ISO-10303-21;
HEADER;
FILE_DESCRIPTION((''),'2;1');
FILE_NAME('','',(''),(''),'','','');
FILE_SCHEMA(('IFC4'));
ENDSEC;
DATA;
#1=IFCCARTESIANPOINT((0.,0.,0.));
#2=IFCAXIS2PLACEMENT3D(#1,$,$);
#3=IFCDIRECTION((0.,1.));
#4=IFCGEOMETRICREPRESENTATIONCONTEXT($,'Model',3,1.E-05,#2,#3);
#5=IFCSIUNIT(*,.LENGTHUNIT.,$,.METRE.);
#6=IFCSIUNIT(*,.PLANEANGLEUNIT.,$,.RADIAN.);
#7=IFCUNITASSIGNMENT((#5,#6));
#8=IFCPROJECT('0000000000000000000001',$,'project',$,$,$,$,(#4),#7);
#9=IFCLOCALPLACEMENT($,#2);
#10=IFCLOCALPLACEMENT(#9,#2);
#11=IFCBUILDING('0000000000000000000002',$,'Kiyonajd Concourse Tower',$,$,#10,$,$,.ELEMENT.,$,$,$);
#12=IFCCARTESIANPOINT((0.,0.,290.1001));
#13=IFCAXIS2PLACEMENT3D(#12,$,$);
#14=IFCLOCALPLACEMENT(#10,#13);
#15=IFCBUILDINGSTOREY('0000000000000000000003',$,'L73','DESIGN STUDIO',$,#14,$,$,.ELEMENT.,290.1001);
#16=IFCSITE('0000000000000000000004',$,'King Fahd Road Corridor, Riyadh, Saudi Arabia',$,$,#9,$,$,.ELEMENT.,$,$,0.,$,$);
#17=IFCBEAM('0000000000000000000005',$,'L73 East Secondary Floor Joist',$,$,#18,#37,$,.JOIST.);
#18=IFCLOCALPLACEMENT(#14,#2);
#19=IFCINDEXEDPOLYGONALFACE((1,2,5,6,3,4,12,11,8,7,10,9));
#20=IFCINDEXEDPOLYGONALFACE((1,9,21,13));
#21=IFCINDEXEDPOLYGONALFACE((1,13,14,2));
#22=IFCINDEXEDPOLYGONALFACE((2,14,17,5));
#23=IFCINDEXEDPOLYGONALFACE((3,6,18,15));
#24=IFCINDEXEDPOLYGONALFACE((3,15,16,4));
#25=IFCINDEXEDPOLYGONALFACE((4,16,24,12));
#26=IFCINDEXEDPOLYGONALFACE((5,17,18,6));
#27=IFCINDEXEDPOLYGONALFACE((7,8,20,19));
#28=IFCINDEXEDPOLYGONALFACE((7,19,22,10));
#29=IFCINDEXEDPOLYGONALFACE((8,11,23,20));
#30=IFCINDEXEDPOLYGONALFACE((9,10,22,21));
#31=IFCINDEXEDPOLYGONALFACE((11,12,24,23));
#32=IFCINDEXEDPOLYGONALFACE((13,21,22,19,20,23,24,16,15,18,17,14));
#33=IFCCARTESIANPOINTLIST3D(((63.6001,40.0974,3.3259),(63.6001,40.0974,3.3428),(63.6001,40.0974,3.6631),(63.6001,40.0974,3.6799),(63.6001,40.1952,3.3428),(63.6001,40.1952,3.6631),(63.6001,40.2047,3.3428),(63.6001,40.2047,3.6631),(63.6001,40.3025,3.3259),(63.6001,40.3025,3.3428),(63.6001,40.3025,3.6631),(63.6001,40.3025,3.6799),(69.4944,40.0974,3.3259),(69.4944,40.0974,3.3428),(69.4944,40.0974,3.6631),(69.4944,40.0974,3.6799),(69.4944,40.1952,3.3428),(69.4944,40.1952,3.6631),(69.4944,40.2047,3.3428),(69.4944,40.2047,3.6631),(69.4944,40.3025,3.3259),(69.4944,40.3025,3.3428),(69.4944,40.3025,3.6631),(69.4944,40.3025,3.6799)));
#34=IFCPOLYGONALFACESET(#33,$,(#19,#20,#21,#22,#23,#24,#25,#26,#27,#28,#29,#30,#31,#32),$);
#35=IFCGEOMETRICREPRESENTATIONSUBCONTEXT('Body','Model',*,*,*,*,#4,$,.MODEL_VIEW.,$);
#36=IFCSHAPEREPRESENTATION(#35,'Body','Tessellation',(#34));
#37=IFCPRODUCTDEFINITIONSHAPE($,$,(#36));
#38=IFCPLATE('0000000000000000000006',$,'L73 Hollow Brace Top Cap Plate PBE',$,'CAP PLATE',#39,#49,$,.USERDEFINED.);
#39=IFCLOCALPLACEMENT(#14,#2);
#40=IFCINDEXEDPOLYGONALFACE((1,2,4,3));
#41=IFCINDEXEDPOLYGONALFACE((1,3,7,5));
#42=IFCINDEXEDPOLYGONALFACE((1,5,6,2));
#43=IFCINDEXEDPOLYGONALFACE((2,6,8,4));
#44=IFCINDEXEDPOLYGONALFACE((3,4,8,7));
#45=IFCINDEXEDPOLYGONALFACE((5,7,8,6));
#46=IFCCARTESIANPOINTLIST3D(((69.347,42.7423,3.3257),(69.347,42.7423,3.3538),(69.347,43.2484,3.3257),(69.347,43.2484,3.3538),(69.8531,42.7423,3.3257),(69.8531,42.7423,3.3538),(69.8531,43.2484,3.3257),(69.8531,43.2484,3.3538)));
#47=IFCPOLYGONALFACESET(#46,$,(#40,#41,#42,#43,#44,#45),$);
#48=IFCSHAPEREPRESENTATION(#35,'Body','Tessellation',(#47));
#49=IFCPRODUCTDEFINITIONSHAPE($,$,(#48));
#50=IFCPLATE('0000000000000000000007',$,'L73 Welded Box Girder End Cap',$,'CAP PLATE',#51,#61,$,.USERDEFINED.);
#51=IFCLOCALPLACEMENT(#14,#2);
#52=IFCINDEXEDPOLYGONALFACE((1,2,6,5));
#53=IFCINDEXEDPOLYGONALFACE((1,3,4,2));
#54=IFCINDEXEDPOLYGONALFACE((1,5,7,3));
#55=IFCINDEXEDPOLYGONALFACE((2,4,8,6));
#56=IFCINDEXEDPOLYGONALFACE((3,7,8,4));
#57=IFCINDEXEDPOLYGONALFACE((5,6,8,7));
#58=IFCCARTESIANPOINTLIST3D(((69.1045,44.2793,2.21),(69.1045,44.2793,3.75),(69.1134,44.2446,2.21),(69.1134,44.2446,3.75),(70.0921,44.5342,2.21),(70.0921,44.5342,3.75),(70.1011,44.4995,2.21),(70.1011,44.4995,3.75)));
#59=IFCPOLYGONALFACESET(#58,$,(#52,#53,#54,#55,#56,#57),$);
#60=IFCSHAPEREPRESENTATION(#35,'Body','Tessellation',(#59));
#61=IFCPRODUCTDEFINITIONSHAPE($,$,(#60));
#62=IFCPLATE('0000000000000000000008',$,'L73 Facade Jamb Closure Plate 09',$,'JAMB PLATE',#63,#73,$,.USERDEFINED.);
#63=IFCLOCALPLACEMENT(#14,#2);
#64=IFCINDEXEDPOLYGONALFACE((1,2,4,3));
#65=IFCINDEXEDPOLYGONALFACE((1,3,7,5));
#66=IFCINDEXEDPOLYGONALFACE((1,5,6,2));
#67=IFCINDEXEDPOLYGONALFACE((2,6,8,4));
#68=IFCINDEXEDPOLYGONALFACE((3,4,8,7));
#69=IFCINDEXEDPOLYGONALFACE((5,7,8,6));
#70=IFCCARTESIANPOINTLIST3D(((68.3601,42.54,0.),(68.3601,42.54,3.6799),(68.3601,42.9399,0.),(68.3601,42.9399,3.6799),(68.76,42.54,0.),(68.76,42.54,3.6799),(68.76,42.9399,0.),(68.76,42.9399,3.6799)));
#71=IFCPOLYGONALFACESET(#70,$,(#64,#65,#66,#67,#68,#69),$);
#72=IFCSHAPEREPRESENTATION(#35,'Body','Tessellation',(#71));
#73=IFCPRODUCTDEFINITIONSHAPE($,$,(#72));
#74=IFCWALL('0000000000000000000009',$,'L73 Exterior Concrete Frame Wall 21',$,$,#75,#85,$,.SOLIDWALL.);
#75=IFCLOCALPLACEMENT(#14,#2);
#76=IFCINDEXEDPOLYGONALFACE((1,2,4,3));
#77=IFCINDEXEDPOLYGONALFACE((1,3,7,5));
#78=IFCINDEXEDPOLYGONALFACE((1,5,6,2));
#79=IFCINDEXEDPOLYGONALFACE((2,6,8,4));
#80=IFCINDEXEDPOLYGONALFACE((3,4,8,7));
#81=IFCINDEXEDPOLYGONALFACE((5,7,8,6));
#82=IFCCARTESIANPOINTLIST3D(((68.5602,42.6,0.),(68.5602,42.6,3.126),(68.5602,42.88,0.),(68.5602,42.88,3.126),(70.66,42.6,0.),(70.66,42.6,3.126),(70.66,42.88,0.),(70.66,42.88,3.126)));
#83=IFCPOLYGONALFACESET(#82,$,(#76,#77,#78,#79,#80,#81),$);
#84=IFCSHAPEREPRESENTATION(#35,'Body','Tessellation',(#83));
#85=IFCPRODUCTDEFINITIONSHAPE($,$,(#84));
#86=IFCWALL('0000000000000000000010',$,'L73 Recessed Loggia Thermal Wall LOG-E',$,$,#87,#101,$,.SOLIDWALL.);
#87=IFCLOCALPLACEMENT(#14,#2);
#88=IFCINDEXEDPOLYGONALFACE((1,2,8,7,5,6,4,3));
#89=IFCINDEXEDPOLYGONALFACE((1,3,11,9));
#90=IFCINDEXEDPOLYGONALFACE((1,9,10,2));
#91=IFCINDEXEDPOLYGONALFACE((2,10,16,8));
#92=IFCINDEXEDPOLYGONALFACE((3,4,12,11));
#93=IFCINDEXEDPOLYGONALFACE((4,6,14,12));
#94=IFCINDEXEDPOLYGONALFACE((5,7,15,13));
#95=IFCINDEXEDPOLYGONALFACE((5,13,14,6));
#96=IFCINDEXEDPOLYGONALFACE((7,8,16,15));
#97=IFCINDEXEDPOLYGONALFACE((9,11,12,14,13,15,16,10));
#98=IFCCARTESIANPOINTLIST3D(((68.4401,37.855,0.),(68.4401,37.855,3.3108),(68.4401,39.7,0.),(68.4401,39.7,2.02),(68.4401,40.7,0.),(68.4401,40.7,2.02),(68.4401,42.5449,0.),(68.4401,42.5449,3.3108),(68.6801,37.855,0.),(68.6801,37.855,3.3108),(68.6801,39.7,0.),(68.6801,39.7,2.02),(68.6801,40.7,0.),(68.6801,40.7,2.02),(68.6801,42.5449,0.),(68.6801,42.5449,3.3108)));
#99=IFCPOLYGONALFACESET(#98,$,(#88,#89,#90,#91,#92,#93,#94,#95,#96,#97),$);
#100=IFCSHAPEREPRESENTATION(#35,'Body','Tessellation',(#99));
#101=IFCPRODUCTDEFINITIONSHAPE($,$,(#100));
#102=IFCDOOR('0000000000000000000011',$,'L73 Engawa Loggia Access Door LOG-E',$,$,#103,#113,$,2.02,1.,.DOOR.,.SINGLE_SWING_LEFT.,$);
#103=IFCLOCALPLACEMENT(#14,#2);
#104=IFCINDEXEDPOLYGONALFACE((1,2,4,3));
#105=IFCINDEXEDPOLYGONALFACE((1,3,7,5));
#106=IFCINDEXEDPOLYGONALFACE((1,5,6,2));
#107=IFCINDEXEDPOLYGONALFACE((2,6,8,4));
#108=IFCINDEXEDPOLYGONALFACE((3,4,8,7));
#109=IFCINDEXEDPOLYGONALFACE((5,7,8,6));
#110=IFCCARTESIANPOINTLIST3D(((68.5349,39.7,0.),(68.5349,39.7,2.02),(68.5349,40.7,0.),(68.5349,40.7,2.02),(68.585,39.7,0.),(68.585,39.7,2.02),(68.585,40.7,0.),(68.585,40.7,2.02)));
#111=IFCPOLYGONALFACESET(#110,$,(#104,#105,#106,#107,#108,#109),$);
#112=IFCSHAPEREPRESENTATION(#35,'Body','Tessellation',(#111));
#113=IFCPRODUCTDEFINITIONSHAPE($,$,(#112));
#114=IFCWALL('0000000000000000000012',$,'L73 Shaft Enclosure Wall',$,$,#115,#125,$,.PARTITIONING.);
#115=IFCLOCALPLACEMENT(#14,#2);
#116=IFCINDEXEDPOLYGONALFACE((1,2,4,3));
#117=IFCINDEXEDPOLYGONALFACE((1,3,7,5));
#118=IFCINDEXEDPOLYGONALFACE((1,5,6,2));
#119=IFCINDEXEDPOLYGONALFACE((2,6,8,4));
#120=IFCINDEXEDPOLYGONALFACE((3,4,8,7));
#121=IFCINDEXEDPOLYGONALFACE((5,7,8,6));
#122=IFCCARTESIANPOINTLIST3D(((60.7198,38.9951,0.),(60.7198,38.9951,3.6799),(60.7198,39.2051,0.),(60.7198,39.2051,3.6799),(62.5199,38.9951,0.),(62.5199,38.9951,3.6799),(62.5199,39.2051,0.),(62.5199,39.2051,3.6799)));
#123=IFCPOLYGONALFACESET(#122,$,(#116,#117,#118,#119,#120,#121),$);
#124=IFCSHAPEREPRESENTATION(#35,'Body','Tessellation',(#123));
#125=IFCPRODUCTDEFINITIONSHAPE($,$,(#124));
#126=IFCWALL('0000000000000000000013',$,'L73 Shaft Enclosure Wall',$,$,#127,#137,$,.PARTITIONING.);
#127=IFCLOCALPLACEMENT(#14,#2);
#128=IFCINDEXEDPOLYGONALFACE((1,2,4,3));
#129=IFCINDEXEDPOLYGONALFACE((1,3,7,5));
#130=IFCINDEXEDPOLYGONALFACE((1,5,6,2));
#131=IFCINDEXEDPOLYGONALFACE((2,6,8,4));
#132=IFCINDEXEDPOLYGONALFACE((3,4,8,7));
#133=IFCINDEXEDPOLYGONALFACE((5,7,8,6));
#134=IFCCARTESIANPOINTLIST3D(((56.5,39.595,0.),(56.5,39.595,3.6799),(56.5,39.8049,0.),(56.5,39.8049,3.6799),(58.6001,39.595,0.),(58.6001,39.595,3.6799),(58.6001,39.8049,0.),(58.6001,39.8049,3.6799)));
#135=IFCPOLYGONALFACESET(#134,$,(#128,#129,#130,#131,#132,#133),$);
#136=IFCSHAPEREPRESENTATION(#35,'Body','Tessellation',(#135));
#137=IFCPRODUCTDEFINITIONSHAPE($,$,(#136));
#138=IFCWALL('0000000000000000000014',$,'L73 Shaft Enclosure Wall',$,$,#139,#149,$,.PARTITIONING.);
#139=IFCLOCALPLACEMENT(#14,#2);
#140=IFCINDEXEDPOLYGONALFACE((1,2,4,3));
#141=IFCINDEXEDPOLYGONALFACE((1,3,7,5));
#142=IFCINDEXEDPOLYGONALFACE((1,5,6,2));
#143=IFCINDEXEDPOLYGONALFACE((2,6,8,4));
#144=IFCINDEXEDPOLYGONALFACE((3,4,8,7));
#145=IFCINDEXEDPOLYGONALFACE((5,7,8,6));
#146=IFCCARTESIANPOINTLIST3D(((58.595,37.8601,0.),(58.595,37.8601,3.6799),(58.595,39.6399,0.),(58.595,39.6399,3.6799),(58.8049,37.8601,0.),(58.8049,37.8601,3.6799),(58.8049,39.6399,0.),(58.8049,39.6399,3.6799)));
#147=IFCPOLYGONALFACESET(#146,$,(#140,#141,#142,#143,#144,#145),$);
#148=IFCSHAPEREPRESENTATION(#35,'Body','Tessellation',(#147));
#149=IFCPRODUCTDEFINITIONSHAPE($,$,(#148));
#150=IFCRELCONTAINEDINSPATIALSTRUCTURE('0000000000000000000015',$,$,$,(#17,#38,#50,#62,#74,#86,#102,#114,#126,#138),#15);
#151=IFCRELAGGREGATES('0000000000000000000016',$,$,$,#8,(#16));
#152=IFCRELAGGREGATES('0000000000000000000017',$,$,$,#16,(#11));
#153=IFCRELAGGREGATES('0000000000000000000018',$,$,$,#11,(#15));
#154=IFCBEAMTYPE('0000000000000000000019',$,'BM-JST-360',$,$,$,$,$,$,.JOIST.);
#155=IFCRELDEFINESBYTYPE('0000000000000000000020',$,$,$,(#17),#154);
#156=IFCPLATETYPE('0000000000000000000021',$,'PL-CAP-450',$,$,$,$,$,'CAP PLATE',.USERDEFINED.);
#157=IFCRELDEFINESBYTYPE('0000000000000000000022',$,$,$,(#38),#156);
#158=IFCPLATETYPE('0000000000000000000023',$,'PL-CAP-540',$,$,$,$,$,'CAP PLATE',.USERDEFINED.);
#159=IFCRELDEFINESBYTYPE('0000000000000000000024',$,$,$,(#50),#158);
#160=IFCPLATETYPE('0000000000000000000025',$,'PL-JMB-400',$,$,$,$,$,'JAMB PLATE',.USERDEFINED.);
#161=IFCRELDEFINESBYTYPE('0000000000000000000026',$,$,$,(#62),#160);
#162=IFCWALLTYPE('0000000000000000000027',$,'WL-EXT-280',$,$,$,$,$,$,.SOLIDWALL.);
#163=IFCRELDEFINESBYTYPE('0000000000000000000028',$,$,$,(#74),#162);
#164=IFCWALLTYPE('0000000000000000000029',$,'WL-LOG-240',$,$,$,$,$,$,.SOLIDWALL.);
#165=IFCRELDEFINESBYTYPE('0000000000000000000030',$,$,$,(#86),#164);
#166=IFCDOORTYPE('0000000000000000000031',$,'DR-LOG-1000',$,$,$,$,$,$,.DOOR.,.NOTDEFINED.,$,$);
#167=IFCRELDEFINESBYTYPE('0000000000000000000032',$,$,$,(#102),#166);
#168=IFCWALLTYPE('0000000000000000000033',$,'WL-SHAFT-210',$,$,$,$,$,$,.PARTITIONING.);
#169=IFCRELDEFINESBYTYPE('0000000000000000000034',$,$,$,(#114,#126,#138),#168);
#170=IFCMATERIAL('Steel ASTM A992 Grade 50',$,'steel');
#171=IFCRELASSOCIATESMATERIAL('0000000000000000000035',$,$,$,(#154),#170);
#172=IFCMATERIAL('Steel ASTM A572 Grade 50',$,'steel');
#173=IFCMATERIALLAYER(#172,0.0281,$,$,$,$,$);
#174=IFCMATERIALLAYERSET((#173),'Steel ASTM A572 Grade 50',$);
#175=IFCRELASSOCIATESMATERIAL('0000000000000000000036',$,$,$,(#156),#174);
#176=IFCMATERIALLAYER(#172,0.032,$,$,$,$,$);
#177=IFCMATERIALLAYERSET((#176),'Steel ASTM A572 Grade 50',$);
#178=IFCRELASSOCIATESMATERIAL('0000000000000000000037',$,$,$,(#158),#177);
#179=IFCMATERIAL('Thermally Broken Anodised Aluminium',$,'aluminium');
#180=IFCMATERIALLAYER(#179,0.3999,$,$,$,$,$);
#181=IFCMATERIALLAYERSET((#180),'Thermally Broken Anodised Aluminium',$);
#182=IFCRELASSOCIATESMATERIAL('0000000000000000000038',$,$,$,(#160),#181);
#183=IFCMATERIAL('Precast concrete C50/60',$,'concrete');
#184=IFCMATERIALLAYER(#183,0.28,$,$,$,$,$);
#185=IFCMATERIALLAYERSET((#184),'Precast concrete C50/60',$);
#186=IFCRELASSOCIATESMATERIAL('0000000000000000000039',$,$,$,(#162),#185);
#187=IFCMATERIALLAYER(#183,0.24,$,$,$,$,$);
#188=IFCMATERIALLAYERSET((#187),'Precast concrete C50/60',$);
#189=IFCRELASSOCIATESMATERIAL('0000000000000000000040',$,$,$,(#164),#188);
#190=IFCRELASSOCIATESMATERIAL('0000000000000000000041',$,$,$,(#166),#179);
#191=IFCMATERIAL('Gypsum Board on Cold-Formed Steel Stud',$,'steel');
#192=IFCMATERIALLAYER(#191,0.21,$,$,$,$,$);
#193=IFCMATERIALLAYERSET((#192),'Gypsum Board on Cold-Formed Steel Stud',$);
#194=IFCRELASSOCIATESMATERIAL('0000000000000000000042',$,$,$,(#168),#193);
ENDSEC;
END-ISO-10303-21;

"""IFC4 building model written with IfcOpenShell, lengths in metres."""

from ifc_helpers import new_model, si_unit, direction, frame, frame_2d, origin, origin_2d, place, context, subcontext, project, spatial, rectangle, i_section, extrude, material, layer, layer_set, material_profile, profile_set, type_object, element, fill, save


model = new_model("IFC4")

# Units and contexts
model_context = context("Model", 3, precision=1e-05, world=origin(), true_north=direction((0.0, 1.0)))
body_context = subcontext(model_context, "Body", "Model", "MODEL_VIEW")
ifc_project = project(units=[si_unit("LENGTHUNIT", "METRE"), si_unit("PLANEANGLEUNIT", "RADIAN")], contexts=[model_context])

# Site, building, storey
site_placement = place(None, origin())
site = spatial("IfcSite", under=ifc_project, at=site_placement, Name="King Fahd Road Corridor, Riyadh, Saudi Arabia", CompositionType="ELEMENT", RefElevation=0.0)
building_placement = place(site_placement, origin())
building = spatial("IfcBuilding", under=site, at=building_placement, Name="Kiyonajd Concourse Tower", CompositionType="ELEMENT")
storey_placement = place(building_placement, frame((0.0, 0.0, 290.1001)))
storey = spatial("IfcBuildingStorey", under=building, at=storey_placement, Name="L73", Description="DESIGN STUDIO", CompositionType="ELEMENT", Elevation=290.1001)

# Beam
ifc_material_1 = material(Name="Steel ASTM A992 Grade 50", Category="steel")
ifc_material_profile = material_profile(ifc_material_1, i_section(OverallWidth=0.2051, OverallDepth=0.354, WebThickness=0.0095, FlangeThickness=0.0168, at=origin_2d()), Name="W360X79")
ifc_profile_set = profile_set([ifc_material_profile], Name="Steel ASTM A992 Grade 50")
beam_type = type_object("IfcBeamType", Name="BM-JST-360", PredefinedType="JOIST", material=ifc_profile_set)
beam_placement = place(storey_placement, frame((63.6001, 40.2, 3.5029), z_axis=(1.0, 0.0, 0.0), x_axis=(0.0, 1.0, 0.0)))
element("IfcBeam", 1, at=beam_placement, inside=storey, type_object=beam_type, Name="L73 East Secondary Floor Joist", PredefinedType="JOIST", context=body_context, shape_type="SweptSolid", body=[
    extrude(i_section(OverallWidth=0.2051, OverallDepth=0.354, WebThickness=0.0095, FlangeThickness=0.0168, at=origin_2d()), origin(), (0.0, 0.0, 1.0), 5.8943),
])

# Plates
ifc_material_2 = material(Name="Steel ASTM A572 Grade 50", Category="steel")
ifc_layer_1 = layer(ifc_material_2, 0.0281)
ifc_layer_set_1 = layer_set([ifc_layer_1], Name="Steel ASTM A572 Grade 50")
plate_type_1 = type_object("IfcPlateType", Name="PL-CAP-450", ElementType="CAP PLATE", PredefinedType="USERDEFINED", material=ifc_layer_set_1)
plate_1_placement = place(storey_placement, frame((69.6001, 42.9954, 3.3257), z_axis=(0.0, 0.0, 1.0), x_axis=(1.0, 0.0, 0.0)))
element("IfcPlate", 2, at=plate_1_placement, inside=storey, type_object=plate_type_1, Name="L73 Hollow Brace Top Cap Plate PBE", ObjectType="CAP PLATE", PredefinedType="USERDEFINED", context=body_context, shape_type="SweptSolid", body=[
    extrude(rectangle(XDim=0.5061, YDim=0.5061, at=origin_2d()), origin(), (0.0, 0.0, 1.0), 0.0281),
])
ifc_layer_2 = layer(ifc_material_2, 0.032)
ifc_layer_set_2 = layer_set([ifc_layer_2], Name="Steel ASTM A572 Grade 50")
plate_type_2 = type_object("IfcPlateType", Name="PL-CAP-540", ElementType="CAP PLATE", PredefinedType="USERDEFINED", material=ifc_layer_set_2)
plate_2_placement = place(storey_placement, frame((69.6028, 44.3894, 2.21), z_axis=(0.0, 0.0, 1.0), x_axis=(0.249873, -0.968279, 0.0)))
element("IfcPlate", 3, at=plate_2_placement, inside=storey, type_object=plate_type_2, Name="L73 Welded Box Girder End Cap", ObjectType="CAP PLATE", PredefinedType="USERDEFINED", context=body_context, shape_type="SweptSolid", body=[
    extrude(rectangle(XDim=0.0359, YDim=1.02, at=origin_2d()), origin(), (0.0, 0.0, 1.0), 1.54),
])
ifc_material_3 = material(Name="Thermally Broken Anodised Aluminium", Category="aluminium")
ifc_layer_3 = layer(ifc_material_3, 0.3999)
ifc_layer_set_3 = layer_set([ifc_layer_3], Name="Thermally Broken Anodised Aluminium")
plate_type_3 = type_object("IfcPlateType", Name="PL-JMB-400", ElementType="JAMB PLATE", PredefinedType="USERDEFINED", material=ifc_layer_set_3)
plate_3_placement = place(storey_placement, frame((68.5601, 42.74, 0.0), z_axis=(0.0, 0.0, 1.0), x_axis=(1.0, 0.0, 0.0)))
element("IfcPlate", 4, at=plate_3_placement, inside=storey, type_object=plate_type_3, Name="L73 Facade Jamb Closure Plate 09", ObjectType="JAMB PLATE", PredefinedType="USERDEFINED", context=body_context, shape_type="SweptSolid", body=[
    extrude(rectangle(XDim=0.3999, YDim=0.3999, at=origin_2d()), origin(), (0.0, 0.0, 1.0), 3.6799),
])

# Wall
ifc_material_4 = material(Name="Precast concrete C50/60", Category="concrete")
ifc_layer_4 = layer(ifc_material_4, 0.28)
ifc_layer_set_4 = layer_set([ifc_layer_4], Name="Precast concrete C50/60")
wall_type_1 = type_object("IfcWallType", Name="WL-EXT-280", PredefinedType="SOLIDWALL", material=ifc_layer_set_4)
wall_1_placement = place(storey_placement, frame((70.6599, 42.74, 0.0), z_axis=(0.0, 0.0, 1.0), x_axis=(-1.0, 0.0, 0.0)))
element("IfcWall", 5, at=wall_1_placement, inside=storey, type_object=wall_type_1, Name="L73 Exterior Concrete Frame Wall 21", PredefinedType="SOLIDWALL", context=body_context, shape_type="SweptSolid", body=[
    extrude(rectangle(XDim=2.0999, YDim=0.28, at=frame_2d((1.0498, 0.0))), origin(), (0.0, 0.0, 1.0), 3.126),
])

# Wall, opening, door
ifc_layer_5 = layer(ifc_material_4, 0.24)
ifc_layer_set_5 = layer_set([ifc_layer_5], Name="Precast concrete C50/60")
wall_type_2 = type_object("IfcWallType", Name="WL-LOG-240", PredefinedType="SOLIDWALL", material=ifc_layer_set_5)
wall_2_placement = place(storey_placement, frame((68.5601, 42.5449, 0.0), z_axis=(0.0, 0.0, 1.0), x_axis=(0.0, -1.0, 0.0)))
wall_2 = element("IfcWall", 6, at=wall_2_placement, inside=storey, type_object=wall_type_2, Name="L73 Recessed Loggia Thermal Wall LOG-E", PredefinedType="SOLIDWALL", context=body_context, shape_type="SweptSolid", body=[
    extrude(rectangle(XDim=4.6899, YDim=0.24, at=frame_2d((2.345, 0.0))), origin(), (0.0, 0.0, 1.0), 3.3108),
])
opening_1_placement = place(wall_2_placement, frame((1.845, 0.0, 0.0)))
opening_1 = element("IfcOpeningElement", 7, at=opening_1_placement, cuts=wall_2, PredefinedType="OPENING", context=body_context, shape_type="SweptSolid", body=[
    extrude(rectangle(XDim=1.0, YDim=2.02, at=frame_2d((0.5, 1.01))), frame((0.0, 0.1299, 0.0), z_axis=(0.0, -1.0, 0.0), x_axis=(1.0, 0.0, 0.0)), (0.0, 0.0, 1.0), 0.26),
])
door_type_1 = type_object("IfcDoorType", Name="DR-LOG-1000", OperationType="NOTDEFINED", PredefinedType="DOOR", material=ifc_material_3)
door_1_placement = place(opening_1_placement, origin())
door_1 = element("IfcDoor", 8, at=door_1_placement, inside=storey, type_object=door_type_1, Name="L73 Engawa Loggia Access Door LOG-E", OperationType="SINGLE_SWING_LEFT", OverallHeight=2.02, OverallWidth=1.0, PredefinedType="DOOR", context=body_context, shape_type="SweptSolid", body=[
    extrude(rectangle(XDim=1.0, YDim=2.02, at=frame_2d((0.5, 1.01))), frame((0.0, 0.0249, 0.0), z_axis=(0.0, -1.0, 0.0), x_axis=(1.0, 0.0, 0.0)), (0.0, 0.0, 1.0), 0.05),
])
fill(opening_1, door_1)

# Walls
ifc_material_5 = material(Name="Gypsum Board on Cold-Formed Steel Stud", Category="steel")
ifc_layer_6 = layer(ifc_material_5, 0.21)
ifc_layer_set_6 = layer_set([ifc_layer_6], Name="Gypsum Board on Cold-Formed Steel Stud")
wall_type_3 = type_object("IfcWallType", Name="WL-SHAFT-210", PredefinedType="PARTITIONING", material=ifc_layer_set_6)
wall_3_placement = place(storey_placement, frame((60.72, 39.1001, 0.0), z_axis=(0.0, 0.0, 1.0), x_axis=(1.0, 0.0, 0.0)))
element("IfcWall", 9, at=wall_3_placement, inside=storey, type_object=wall_type_3, Name="L73 Shaft Enclosure Wall", PredefinedType="PARTITIONING", context=body_context, shape_type="SweptSolid", body=[
    extrude(rectangle(XDim=1.8, YDim=0.21, at=frame_2d((0.8999, 0.0))), origin(), (0.0, 0.0, 1.0), 3.6799),
])
wall_4_placement = place(storey_placement, frame((56.5, 39.7, 0.0), z_axis=(0.0, 0.0, 1.0), x_axis=(1.0, 0.0, 0.0)))
element("IfcWall", 10, at=wall_4_placement, inside=storey, type_object=wall_type_3, Name="L73 Shaft Enclosure Wall", PredefinedType="PARTITIONING", context=body_context, shape_type="SweptSolid", body=[
    extrude(rectangle(XDim=2.1001, YDim=0.21, at=frame_2d((1.05, 0.0))), origin(), (0.0, 0.0, 1.0), 3.6799),
])
wall_5_placement = place(storey_placement, frame((58.7, 37.8601, 0.0), z_axis=(0.0, 0.0, 1.0), x_axis=(0.0, 1.0, 0.0)))
element("IfcWall", 11, at=wall_5_placement, inside=storey, type_object=wall_type_3, Name="L73 Shaft Enclosure Wall", PredefinedType="PARTITIONING", context=body_context, shape_type="SweptSolid", body=[
    extrude(rectangle(XDim=1.7798, YDim=0.21, at=frame_2d((0.8899, 0.0))), origin(), (0.0, 0.0, 1.0), 3.6799),
])

save(model, "model.ifc")
